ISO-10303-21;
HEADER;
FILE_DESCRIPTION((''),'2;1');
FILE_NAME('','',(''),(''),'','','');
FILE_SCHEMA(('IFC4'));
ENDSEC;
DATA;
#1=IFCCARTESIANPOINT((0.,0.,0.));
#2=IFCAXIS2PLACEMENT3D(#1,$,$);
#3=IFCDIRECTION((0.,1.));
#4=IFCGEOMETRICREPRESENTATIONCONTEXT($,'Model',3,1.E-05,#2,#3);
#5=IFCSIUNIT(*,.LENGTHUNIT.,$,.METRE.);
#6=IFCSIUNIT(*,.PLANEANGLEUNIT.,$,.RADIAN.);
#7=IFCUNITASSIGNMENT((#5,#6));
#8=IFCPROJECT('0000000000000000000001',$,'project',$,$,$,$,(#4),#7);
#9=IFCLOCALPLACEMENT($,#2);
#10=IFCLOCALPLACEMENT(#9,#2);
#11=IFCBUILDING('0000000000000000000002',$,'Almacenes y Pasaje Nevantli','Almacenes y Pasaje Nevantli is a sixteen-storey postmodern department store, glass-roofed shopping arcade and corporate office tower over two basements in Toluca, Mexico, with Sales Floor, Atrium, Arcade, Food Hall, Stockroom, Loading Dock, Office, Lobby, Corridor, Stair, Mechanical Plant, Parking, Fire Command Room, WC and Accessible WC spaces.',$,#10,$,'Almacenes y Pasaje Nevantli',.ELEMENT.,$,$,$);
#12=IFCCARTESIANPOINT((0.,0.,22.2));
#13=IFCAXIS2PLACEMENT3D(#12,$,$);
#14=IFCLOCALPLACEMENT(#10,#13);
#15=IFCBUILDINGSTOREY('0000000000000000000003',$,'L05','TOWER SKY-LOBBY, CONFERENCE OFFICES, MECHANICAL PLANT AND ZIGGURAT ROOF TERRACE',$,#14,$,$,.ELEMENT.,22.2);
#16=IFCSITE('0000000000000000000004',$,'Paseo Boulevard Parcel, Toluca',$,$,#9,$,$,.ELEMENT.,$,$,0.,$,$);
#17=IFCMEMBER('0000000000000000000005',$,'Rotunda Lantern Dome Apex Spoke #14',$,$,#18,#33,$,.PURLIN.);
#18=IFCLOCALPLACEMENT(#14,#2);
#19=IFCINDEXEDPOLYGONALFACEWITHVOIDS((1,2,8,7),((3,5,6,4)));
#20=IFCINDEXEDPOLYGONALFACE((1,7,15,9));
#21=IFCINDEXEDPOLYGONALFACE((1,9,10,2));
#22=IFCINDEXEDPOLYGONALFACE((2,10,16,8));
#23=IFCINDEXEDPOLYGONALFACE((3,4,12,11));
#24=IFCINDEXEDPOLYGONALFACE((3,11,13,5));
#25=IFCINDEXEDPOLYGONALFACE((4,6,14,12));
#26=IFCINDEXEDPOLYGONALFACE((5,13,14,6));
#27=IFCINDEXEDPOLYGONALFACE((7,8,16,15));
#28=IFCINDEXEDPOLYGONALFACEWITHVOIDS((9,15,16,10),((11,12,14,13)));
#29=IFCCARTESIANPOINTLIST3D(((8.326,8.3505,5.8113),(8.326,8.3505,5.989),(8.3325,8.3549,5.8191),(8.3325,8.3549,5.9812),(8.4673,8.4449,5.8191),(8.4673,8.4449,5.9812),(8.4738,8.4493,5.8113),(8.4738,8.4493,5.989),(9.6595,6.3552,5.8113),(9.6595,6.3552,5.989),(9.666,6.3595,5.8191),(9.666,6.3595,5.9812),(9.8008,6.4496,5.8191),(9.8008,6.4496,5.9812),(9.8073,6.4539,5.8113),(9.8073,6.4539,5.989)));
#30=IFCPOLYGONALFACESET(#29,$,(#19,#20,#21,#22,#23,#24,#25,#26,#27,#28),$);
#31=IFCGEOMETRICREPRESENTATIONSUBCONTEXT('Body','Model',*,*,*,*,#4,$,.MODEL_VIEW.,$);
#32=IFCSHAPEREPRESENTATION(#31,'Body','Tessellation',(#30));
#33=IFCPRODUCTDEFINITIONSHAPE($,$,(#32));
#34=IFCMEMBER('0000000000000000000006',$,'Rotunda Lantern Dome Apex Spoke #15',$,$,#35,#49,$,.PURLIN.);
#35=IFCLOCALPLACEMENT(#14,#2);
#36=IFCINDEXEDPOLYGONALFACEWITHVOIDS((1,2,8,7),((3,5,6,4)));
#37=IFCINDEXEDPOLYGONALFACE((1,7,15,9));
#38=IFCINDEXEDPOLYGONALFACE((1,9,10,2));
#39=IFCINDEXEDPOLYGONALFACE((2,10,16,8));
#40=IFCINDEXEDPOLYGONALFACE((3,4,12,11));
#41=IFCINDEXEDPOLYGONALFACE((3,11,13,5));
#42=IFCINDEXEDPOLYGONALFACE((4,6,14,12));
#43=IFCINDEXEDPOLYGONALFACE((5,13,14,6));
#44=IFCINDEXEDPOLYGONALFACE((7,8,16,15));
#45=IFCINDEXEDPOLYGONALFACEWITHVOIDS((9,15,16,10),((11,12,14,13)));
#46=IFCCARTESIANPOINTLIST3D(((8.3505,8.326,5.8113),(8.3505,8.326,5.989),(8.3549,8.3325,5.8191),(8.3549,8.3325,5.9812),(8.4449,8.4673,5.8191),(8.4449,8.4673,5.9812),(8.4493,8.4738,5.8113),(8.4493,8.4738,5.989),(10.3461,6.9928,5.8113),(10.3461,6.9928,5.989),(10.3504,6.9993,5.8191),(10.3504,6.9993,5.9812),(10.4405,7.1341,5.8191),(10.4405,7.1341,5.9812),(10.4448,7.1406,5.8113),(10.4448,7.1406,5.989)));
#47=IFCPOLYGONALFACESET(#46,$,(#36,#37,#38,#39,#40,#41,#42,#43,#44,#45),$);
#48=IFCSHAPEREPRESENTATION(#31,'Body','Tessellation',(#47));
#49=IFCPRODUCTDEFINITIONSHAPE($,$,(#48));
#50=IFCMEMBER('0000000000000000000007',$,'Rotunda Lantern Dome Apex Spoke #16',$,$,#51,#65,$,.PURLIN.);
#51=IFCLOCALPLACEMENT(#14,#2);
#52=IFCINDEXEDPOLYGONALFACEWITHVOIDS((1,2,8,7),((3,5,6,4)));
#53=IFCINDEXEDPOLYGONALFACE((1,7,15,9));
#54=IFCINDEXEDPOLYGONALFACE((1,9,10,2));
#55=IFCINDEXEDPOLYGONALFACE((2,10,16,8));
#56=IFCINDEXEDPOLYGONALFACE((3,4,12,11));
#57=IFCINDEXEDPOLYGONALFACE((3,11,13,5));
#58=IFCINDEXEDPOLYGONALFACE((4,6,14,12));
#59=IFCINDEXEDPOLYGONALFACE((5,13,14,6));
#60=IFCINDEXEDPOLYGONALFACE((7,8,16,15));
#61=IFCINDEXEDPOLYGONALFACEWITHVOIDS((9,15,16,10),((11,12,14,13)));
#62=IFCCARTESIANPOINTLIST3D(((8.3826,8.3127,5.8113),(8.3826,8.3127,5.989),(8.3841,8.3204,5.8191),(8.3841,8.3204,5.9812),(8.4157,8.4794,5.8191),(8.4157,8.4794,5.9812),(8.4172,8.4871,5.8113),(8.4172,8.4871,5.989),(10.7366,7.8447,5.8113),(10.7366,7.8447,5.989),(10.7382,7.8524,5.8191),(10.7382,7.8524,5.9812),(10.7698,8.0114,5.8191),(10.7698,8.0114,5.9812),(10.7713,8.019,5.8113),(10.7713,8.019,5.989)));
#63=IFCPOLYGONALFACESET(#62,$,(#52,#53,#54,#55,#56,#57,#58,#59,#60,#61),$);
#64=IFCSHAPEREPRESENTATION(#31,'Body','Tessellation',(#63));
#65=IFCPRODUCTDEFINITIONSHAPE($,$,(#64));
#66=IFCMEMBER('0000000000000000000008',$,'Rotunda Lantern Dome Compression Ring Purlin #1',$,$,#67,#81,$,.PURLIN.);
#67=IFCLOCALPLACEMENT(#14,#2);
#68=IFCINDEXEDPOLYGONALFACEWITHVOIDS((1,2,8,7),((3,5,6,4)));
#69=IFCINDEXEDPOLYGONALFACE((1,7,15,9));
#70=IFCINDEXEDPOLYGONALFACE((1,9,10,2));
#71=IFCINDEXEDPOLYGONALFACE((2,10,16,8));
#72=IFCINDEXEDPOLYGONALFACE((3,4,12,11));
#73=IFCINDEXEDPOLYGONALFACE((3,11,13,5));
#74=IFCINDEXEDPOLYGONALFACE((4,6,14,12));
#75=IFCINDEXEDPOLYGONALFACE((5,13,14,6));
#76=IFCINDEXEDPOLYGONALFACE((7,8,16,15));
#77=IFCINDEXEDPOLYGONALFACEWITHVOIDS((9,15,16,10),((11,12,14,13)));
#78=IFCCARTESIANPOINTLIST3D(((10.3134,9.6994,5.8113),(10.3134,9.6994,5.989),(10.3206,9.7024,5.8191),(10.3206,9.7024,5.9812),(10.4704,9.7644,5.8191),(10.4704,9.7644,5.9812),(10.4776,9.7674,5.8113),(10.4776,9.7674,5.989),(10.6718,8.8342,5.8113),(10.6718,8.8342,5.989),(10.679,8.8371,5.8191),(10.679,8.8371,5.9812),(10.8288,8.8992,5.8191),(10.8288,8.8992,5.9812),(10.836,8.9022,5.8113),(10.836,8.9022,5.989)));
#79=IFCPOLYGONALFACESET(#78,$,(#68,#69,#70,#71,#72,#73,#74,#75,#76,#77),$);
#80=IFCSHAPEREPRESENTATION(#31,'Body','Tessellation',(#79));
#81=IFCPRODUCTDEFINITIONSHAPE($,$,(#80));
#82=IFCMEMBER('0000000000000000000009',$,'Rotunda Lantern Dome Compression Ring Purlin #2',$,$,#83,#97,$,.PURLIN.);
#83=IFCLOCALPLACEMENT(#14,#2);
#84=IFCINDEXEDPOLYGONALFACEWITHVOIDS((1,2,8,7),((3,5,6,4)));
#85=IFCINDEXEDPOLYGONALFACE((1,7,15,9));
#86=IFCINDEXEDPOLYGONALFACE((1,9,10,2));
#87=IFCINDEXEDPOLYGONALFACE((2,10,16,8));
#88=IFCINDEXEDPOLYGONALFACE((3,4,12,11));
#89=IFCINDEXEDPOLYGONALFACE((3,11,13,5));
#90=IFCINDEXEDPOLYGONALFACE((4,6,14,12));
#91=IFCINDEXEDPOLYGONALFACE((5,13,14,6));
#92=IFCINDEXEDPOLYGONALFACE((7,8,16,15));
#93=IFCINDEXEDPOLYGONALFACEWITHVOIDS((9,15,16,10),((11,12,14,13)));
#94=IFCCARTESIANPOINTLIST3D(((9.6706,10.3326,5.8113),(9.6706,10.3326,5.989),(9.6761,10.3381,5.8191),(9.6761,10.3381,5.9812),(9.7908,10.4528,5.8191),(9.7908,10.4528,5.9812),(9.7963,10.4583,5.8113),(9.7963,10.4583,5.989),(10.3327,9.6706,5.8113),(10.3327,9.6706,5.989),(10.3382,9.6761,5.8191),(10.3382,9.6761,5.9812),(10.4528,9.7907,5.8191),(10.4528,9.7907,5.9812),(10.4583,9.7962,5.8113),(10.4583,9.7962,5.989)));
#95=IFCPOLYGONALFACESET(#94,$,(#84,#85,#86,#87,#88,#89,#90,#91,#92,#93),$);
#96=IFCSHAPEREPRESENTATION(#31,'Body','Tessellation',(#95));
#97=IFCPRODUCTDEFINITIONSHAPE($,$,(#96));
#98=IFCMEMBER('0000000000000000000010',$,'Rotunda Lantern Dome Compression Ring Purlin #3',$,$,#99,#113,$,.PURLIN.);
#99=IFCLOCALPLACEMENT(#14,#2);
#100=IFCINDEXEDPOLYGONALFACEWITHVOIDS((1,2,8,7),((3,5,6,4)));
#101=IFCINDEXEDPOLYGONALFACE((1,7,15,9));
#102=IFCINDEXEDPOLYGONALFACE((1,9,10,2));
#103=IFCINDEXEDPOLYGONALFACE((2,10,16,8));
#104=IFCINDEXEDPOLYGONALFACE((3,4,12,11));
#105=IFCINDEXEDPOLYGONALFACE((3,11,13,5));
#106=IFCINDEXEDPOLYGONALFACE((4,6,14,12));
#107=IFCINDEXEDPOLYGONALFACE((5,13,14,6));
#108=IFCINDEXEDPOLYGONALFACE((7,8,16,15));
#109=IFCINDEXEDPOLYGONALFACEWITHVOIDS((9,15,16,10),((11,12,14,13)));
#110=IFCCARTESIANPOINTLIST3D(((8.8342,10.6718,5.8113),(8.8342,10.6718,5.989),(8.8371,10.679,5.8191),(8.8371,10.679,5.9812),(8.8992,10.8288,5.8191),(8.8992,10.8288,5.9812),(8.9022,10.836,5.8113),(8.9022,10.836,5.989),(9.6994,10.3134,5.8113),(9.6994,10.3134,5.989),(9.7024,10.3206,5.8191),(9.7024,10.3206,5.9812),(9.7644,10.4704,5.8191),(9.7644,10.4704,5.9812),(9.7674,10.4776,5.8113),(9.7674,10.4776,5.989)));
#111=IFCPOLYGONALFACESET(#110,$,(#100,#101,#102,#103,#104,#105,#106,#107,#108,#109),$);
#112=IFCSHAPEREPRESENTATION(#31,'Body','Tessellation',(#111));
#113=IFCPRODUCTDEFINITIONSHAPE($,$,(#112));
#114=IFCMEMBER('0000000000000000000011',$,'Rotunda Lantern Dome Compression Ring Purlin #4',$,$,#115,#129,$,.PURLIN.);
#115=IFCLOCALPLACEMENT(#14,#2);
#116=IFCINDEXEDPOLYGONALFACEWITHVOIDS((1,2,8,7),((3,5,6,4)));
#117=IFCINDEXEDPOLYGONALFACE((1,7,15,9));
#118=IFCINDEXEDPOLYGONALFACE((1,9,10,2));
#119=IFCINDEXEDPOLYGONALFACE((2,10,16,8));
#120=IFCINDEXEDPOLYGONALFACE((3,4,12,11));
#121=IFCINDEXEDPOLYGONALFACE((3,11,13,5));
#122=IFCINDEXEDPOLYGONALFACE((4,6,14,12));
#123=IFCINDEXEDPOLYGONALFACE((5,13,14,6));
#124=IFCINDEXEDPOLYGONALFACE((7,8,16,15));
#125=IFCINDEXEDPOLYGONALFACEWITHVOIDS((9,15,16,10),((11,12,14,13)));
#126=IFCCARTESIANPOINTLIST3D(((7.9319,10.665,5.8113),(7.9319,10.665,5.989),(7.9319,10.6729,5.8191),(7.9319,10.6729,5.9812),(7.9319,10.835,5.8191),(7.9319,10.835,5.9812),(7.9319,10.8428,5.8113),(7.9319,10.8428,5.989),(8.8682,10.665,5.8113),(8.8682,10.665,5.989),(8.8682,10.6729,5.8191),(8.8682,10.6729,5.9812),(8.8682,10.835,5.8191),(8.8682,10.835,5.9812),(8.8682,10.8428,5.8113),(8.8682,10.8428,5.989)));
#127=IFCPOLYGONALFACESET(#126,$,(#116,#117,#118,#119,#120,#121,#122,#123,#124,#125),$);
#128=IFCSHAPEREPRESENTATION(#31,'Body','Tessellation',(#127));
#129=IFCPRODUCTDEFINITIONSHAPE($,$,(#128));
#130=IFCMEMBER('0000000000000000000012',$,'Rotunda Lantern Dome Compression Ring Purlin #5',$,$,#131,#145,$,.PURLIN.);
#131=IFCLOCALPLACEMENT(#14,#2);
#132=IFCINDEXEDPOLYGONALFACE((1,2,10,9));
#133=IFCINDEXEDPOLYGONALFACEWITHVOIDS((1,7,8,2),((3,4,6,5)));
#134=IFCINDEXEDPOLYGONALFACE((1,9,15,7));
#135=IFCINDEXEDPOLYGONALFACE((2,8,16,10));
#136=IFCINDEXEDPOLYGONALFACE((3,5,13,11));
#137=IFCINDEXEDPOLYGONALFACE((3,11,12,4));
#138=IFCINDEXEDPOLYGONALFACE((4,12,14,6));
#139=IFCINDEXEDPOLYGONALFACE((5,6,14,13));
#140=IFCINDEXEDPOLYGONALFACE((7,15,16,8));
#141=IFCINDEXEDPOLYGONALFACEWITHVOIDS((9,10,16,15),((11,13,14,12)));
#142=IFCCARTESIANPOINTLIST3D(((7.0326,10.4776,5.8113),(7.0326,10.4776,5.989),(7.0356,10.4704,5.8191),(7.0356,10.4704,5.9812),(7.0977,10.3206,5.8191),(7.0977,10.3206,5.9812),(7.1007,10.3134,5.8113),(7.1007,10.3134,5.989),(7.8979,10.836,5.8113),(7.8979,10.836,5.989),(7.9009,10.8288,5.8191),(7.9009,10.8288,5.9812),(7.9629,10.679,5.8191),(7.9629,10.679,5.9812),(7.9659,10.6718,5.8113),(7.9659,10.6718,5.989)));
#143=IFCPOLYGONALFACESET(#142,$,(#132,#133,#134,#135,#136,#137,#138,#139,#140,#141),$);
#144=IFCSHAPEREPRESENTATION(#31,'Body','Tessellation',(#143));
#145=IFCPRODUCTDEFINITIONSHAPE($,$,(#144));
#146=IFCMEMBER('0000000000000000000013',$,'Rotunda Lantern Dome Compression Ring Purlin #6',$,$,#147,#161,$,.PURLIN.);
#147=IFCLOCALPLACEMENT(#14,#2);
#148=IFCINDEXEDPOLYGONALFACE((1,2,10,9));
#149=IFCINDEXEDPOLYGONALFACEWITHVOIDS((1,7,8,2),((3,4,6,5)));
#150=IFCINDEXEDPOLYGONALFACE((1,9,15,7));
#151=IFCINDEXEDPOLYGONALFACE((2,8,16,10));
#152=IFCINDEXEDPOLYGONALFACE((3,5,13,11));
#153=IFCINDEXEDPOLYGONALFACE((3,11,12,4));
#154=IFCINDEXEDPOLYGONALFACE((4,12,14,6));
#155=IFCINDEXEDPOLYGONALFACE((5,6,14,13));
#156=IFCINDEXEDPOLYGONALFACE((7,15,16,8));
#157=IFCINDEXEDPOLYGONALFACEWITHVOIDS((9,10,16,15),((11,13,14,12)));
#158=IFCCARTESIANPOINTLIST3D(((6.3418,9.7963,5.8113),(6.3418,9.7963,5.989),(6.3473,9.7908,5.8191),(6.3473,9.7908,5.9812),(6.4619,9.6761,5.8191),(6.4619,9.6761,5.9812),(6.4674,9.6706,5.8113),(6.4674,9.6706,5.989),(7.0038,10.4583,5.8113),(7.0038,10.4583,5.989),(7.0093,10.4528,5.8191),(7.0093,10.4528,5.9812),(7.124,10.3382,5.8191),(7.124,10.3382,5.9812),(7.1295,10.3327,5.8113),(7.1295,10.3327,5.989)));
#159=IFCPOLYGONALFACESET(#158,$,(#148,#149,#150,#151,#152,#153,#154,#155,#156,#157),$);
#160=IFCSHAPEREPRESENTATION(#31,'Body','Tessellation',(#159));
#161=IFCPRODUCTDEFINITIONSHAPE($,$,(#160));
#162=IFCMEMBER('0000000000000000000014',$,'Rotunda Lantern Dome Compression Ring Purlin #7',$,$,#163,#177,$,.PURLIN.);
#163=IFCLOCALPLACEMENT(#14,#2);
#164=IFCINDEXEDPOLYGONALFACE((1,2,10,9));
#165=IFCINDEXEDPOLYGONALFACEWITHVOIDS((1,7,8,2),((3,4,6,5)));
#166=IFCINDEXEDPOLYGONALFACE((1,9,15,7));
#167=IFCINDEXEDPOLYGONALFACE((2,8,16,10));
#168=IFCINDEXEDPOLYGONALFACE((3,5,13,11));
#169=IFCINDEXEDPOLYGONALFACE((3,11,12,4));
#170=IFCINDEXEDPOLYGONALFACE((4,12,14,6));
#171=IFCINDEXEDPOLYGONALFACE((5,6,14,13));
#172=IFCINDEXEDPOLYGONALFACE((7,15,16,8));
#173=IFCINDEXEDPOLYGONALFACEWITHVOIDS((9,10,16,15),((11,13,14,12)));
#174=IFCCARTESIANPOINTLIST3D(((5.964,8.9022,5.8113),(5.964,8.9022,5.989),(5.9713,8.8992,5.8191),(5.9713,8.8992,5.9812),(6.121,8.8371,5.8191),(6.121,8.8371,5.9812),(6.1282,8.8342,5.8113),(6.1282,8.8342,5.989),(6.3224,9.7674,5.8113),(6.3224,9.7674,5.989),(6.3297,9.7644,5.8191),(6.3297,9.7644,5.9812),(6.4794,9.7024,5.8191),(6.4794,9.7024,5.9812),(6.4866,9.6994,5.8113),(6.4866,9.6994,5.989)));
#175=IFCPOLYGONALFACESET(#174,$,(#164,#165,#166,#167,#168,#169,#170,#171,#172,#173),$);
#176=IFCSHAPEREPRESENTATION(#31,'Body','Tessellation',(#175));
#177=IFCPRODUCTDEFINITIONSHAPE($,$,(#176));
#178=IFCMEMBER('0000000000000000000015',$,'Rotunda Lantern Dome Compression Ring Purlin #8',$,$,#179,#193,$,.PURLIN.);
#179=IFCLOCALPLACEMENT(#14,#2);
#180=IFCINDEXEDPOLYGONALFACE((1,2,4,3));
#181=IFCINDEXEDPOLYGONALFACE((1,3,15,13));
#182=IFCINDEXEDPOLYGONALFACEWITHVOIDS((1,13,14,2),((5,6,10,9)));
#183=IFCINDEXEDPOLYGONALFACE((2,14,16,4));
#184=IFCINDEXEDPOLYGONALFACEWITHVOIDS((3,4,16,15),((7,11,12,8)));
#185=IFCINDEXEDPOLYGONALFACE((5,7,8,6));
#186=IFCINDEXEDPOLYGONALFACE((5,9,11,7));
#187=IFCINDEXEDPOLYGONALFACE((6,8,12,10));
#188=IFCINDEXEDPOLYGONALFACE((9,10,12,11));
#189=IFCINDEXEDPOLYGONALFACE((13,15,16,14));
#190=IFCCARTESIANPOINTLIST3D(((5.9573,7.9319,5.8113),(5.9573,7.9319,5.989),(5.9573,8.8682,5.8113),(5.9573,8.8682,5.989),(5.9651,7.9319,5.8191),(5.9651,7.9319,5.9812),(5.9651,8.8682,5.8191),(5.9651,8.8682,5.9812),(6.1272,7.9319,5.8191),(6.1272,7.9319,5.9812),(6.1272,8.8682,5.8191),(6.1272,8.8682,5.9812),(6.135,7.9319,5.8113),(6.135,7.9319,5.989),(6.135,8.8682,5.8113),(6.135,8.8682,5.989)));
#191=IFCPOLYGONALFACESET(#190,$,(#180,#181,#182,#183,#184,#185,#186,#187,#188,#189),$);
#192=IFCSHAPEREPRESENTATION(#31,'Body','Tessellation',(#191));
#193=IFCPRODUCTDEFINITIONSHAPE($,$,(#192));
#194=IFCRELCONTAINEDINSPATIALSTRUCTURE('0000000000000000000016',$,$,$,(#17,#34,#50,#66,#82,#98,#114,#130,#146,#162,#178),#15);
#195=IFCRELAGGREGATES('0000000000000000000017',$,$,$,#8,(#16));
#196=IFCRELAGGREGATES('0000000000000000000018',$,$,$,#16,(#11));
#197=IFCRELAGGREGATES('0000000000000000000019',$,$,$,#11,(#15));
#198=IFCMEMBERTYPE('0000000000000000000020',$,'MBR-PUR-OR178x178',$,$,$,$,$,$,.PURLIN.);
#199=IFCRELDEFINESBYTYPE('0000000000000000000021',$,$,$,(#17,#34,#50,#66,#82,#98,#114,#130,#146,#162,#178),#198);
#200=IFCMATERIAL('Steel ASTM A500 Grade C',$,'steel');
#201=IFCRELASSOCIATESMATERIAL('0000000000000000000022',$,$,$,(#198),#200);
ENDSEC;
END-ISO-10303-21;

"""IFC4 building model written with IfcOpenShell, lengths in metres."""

from ifc_helpers import new_model, si_unit, direction, frame, origin, origin_2d, place, context, subcontext, project, spatial, hollow_rectangle, extrude, material, material_profile, profile_set, type_object, element, save


model = new_model("IFC4")

# Units and contexts
model_context = context("Model", 3, precision=1e-05, world=origin(), true_north=direction((0.0, 1.0)))
body_context = subcontext(model_context, "Body", "Model", "MODEL_VIEW")
ifc_project = project(units=[si_unit("LENGTHUNIT", "METRE"), si_unit("PLANEANGLEUNIT", "RADIAN")], contexts=[model_context])

# Site, building, storey
site_placement = place(None, origin())
site = spatial("IfcSite", under=ifc_project, at=site_placement, Name="Paseo Boulevard Parcel, Toluca", CompositionType="ELEMENT", RefElevation=0.0)
building_placement = place(site_placement, origin())
building = spatial("IfcBuilding", under=site, at=building_placement, Name="Almacenes y Pasaje Nevantli", Description="Almacenes y Pasaje Nevantli is a sixteen-storey postmodern department store, glass-roofed shopping arcade and corporate office tower over two basements in Toluca, Mexico, with Sales Floor, Atrium, Arcade, Food Hall, Stockroom, Loading Dock, Office, Lobby, Corridor, Stair, Mechanical Plant, Parking, Fire Command Room, WC and Accessible WC spaces.", LongName="Almacenes y Pasaje Nevantli", CompositionType="ELEMENT")
storey_placement = place(building_placement, frame((0.0, 0.0, 22.2)))
storey = spatial("IfcBuildingStorey", under=building, at=storey_placement, Name="L05", Description="TOWER SKY-LOBBY, CONFERENCE OFFICES, MECHANICAL PLANT AND ZIGGURAT ROOF TERRACE", CompositionType="ELEMENT", Elevation=22.2)

# Members
ifc_material_1 = material(Name="Steel ASTM A500 Grade C", Category="steel")
ifc_material_profile_1 = material_profile(ifc_material_1, hollow_rectangle(XDim=0.1777, YDim=0.1777, WallThickness=0.0078, at=origin_2d()), Name="OR 178x178x7.9")
ifc_profile_set_1 = profile_set([ifc_material_profile_1], Name="Steel ASTM A500 Grade C")
member_type_1 = type_object("IfcMemberType", Name="MBR-PUR-OR178x178", PredefinedType="PURLIN", material=ifc_profile_set_1)
for number, where, z_axis, x_axis, name in (
    (1, (8.3999, 8.3999, 5.9001), (0.555639, -0.831424, 0.0), (0.831424, 0.555639, 0.0), "Rotunda Lantern Dome Apex Spoke #14"),
    (2, (8.3999, 8.3999, 5.9001), (0.831502, -0.555522, 0.0), (0.555522, 0.831502, 0.0), "Rotunda Lantern Dome Apex Spoke #15"),
):
    element("IfcMember", number, at=place(storey_placement, frame(where, z_axis=z_axis, x_axis=x_axis)), inside=storey, type_object=member_type_1, Name=name, PredefinedType="PURLIN", context=body_context, shape_type="SweptSolid", body=[
        extrude(hollow_rectangle(XDim=0.1777, YDim=0.1777, WallThickness=0.0078, at=origin_2d()), origin(), (0.0, 0.0, 1.0), 2.3999),
    ])
member_1_placement = place(storey_placement, frame((8.3999, 8.3999, 5.9001), z_axis=(0.980803, -0.195001, 0.0), x_axis=(0.195001, 0.980803, 0.0)))
element("IfcMember", 3, at=member_1_placement, inside=storey, type_object=member_type_1, Name="Rotunda Lantern Dome Apex Spoke #16", PredefinedType="PURLIN", context=body_context, shape_type="SweptSolid", body=[
    extrude(hollow_rectangle(XDim=0.1777, YDim=0.1777, WallThickness=0.0078, at=origin_2d()), origin(), (0.0, 0.0, 1.0), 2.4001),
])
member_2_placement = place(storey_placement, frame((10.7539, 8.8682, 5.9001), z_axis=(-0.382689, 0.923877, 0.0), x_axis=(-0.923877, -0.382689, 0.0)))
element("IfcMember", 4, at=member_2_placement, inside=storey, type_object=member_type_1, Name="Rotunda Lantern Dome Compression Ring Purlin #1", PredefinedType="PURLIN", context=body_context, shape_type="SweptSolid", body=[
    extrude(hollow_rectangle(XDim=0.1777, YDim=0.1777, WallThickness=0.0078, at=origin_2d()), origin(), (0.0, 0.0, 1.0), 0.9365),
])
member_3_placement = place(storey_placement, frame((10.3955, 9.7334, 5.9001), z_axis=(-0.707107, 0.707107, 0.0), x_axis=(-0.707107, -0.707107, 0.0)))
element("IfcMember", 5, at=member_3_placement, inside=storey, type_object=member_type_1, Name="Rotunda Lantern Dome Compression Ring Purlin #2", PredefinedType="PURLIN", context=body_context, shape_type="SweptSolid", body=[
    extrude(hollow_rectangle(XDim=0.1777, YDim=0.1777, WallThickness=0.0078, at=origin_2d()), origin(), (0.0, 0.0, 1.0), 0.9363),
])
member_4_placement = place(storey_placement, frame((9.7334, 10.3955, 5.9001), z_axis=(-0.923877, 0.382689, 0.0), x_axis=(-0.382689, -0.923877, 0.0)))
element("IfcMember", 6, at=member_4_placement, inside=storey, type_object=member_type_1, Name="Rotunda Lantern Dome Compression Ring Purlin #3", PredefinedType="PURLIN", context=body_context, shape_type="SweptSolid", body=[
    extrude(hollow_rectangle(XDim=0.1777, YDim=0.1777, WallThickness=0.0078, at=origin_2d()), origin(), (0.0, 0.0, 1.0), 0.9365),
])
member_5_placement = place(storey_placement, frame((8.8682, 10.7539, 5.9001), z_axis=(-1.0, 0.0, 0.0), x_axis=(0.0, -1.0, 0.0)))
element("IfcMember", 7, at=member_5_placement, inside=storey, type_object=member_type_1, Name="Rotunda Lantern Dome Compression Ring Purlin #4", PredefinedType="PURLIN", context=body_context, shape_type="SweptSolid", body=[
    extrude(hollow_rectangle(XDim=0.1777, YDim=0.1777, WallThickness=0.0078, at=origin_2d()), origin(), (0.0, 0.0, 1.0), 0.9363),
])
member_6_placement = place(storey_placement, frame((7.9319, 10.7539, 5.9001), z_axis=(-0.923877, -0.382689, 0.0), x_axis=(0.382689, -0.923877, 0.0)))
element("IfcMember", 8, at=member_6_placement, inside=storey, type_object=member_type_1, Name="Rotunda Lantern Dome Compression Ring Purlin #5", PredefinedType="PURLIN", context=body_context, shape_type="SweptSolid", body=[
    extrude(hollow_rectangle(XDim=0.1777, YDim=0.1777, WallThickness=0.0078, at=origin_2d()), origin(), (0.0, 0.0, 1.0), 0.9365),
])
member_7_placement = place(storey_placement, frame((7.0667, 10.3955, 5.9001), z_axis=(-0.707107, -0.707107, 0.0), x_axis=(0.707107, -0.707107, 0.0)))
element("IfcMember", 9, at=member_7_placement, inside=storey, type_object=member_type_1, Name="Rotunda Lantern Dome Compression Ring Purlin #6", PredefinedType="PURLIN", context=body_context, shape_type="SweptSolid", body=[
    extrude(hollow_rectangle(XDim=0.1777, YDim=0.1777, WallThickness=0.0078, at=origin_2d()), origin(), (0.0, 0.0, 1.0), 0.9363),
])
member_8_placement = place(storey_placement, frame((6.4045, 9.7334, 5.9001), z_axis=(-0.382689, -0.923877, 0.0), x_axis=(0.923877, -0.382689, 0.0)))
element("IfcMember", 10, at=member_8_placement, inside=storey, type_object=member_type_1, Name="Rotunda Lantern Dome Compression Ring Purlin #7", PredefinedType="PURLIN", context=body_context, shape_type="SweptSolid", body=[
    extrude(hollow_rectangle(XDim=0.1777, YDim=0.1777, WallThickness=0.0078, at=origin_2d()), origin(), (0.0, 0.0, 1.0), 0.9365),
])
member_9_placement = place(storey_placement, frame((6.0461, 8.8682, 5.9001), z_axis=(0.0, -1.0, 0.0), x_axis=(1.0, 0.0, 0.0)))
element("IfcMember", 11, at=member_9_placement, inside=storey, type_object=member_type_1, Name="Rotunda Lantern Dome Compression Ring Purlin #8", PredefinedType="PURLIN", context=body_context, shape_type="SweptSolid", body=[
    extrude(hollow_rectangle(XDim=0.1777, YDim=0.1777, WallThickness=0.0078, at=origin_2d()), origin(), (0.0, 0.0, 1.0), 0.9363),
])

save(model, "model.ifc")
